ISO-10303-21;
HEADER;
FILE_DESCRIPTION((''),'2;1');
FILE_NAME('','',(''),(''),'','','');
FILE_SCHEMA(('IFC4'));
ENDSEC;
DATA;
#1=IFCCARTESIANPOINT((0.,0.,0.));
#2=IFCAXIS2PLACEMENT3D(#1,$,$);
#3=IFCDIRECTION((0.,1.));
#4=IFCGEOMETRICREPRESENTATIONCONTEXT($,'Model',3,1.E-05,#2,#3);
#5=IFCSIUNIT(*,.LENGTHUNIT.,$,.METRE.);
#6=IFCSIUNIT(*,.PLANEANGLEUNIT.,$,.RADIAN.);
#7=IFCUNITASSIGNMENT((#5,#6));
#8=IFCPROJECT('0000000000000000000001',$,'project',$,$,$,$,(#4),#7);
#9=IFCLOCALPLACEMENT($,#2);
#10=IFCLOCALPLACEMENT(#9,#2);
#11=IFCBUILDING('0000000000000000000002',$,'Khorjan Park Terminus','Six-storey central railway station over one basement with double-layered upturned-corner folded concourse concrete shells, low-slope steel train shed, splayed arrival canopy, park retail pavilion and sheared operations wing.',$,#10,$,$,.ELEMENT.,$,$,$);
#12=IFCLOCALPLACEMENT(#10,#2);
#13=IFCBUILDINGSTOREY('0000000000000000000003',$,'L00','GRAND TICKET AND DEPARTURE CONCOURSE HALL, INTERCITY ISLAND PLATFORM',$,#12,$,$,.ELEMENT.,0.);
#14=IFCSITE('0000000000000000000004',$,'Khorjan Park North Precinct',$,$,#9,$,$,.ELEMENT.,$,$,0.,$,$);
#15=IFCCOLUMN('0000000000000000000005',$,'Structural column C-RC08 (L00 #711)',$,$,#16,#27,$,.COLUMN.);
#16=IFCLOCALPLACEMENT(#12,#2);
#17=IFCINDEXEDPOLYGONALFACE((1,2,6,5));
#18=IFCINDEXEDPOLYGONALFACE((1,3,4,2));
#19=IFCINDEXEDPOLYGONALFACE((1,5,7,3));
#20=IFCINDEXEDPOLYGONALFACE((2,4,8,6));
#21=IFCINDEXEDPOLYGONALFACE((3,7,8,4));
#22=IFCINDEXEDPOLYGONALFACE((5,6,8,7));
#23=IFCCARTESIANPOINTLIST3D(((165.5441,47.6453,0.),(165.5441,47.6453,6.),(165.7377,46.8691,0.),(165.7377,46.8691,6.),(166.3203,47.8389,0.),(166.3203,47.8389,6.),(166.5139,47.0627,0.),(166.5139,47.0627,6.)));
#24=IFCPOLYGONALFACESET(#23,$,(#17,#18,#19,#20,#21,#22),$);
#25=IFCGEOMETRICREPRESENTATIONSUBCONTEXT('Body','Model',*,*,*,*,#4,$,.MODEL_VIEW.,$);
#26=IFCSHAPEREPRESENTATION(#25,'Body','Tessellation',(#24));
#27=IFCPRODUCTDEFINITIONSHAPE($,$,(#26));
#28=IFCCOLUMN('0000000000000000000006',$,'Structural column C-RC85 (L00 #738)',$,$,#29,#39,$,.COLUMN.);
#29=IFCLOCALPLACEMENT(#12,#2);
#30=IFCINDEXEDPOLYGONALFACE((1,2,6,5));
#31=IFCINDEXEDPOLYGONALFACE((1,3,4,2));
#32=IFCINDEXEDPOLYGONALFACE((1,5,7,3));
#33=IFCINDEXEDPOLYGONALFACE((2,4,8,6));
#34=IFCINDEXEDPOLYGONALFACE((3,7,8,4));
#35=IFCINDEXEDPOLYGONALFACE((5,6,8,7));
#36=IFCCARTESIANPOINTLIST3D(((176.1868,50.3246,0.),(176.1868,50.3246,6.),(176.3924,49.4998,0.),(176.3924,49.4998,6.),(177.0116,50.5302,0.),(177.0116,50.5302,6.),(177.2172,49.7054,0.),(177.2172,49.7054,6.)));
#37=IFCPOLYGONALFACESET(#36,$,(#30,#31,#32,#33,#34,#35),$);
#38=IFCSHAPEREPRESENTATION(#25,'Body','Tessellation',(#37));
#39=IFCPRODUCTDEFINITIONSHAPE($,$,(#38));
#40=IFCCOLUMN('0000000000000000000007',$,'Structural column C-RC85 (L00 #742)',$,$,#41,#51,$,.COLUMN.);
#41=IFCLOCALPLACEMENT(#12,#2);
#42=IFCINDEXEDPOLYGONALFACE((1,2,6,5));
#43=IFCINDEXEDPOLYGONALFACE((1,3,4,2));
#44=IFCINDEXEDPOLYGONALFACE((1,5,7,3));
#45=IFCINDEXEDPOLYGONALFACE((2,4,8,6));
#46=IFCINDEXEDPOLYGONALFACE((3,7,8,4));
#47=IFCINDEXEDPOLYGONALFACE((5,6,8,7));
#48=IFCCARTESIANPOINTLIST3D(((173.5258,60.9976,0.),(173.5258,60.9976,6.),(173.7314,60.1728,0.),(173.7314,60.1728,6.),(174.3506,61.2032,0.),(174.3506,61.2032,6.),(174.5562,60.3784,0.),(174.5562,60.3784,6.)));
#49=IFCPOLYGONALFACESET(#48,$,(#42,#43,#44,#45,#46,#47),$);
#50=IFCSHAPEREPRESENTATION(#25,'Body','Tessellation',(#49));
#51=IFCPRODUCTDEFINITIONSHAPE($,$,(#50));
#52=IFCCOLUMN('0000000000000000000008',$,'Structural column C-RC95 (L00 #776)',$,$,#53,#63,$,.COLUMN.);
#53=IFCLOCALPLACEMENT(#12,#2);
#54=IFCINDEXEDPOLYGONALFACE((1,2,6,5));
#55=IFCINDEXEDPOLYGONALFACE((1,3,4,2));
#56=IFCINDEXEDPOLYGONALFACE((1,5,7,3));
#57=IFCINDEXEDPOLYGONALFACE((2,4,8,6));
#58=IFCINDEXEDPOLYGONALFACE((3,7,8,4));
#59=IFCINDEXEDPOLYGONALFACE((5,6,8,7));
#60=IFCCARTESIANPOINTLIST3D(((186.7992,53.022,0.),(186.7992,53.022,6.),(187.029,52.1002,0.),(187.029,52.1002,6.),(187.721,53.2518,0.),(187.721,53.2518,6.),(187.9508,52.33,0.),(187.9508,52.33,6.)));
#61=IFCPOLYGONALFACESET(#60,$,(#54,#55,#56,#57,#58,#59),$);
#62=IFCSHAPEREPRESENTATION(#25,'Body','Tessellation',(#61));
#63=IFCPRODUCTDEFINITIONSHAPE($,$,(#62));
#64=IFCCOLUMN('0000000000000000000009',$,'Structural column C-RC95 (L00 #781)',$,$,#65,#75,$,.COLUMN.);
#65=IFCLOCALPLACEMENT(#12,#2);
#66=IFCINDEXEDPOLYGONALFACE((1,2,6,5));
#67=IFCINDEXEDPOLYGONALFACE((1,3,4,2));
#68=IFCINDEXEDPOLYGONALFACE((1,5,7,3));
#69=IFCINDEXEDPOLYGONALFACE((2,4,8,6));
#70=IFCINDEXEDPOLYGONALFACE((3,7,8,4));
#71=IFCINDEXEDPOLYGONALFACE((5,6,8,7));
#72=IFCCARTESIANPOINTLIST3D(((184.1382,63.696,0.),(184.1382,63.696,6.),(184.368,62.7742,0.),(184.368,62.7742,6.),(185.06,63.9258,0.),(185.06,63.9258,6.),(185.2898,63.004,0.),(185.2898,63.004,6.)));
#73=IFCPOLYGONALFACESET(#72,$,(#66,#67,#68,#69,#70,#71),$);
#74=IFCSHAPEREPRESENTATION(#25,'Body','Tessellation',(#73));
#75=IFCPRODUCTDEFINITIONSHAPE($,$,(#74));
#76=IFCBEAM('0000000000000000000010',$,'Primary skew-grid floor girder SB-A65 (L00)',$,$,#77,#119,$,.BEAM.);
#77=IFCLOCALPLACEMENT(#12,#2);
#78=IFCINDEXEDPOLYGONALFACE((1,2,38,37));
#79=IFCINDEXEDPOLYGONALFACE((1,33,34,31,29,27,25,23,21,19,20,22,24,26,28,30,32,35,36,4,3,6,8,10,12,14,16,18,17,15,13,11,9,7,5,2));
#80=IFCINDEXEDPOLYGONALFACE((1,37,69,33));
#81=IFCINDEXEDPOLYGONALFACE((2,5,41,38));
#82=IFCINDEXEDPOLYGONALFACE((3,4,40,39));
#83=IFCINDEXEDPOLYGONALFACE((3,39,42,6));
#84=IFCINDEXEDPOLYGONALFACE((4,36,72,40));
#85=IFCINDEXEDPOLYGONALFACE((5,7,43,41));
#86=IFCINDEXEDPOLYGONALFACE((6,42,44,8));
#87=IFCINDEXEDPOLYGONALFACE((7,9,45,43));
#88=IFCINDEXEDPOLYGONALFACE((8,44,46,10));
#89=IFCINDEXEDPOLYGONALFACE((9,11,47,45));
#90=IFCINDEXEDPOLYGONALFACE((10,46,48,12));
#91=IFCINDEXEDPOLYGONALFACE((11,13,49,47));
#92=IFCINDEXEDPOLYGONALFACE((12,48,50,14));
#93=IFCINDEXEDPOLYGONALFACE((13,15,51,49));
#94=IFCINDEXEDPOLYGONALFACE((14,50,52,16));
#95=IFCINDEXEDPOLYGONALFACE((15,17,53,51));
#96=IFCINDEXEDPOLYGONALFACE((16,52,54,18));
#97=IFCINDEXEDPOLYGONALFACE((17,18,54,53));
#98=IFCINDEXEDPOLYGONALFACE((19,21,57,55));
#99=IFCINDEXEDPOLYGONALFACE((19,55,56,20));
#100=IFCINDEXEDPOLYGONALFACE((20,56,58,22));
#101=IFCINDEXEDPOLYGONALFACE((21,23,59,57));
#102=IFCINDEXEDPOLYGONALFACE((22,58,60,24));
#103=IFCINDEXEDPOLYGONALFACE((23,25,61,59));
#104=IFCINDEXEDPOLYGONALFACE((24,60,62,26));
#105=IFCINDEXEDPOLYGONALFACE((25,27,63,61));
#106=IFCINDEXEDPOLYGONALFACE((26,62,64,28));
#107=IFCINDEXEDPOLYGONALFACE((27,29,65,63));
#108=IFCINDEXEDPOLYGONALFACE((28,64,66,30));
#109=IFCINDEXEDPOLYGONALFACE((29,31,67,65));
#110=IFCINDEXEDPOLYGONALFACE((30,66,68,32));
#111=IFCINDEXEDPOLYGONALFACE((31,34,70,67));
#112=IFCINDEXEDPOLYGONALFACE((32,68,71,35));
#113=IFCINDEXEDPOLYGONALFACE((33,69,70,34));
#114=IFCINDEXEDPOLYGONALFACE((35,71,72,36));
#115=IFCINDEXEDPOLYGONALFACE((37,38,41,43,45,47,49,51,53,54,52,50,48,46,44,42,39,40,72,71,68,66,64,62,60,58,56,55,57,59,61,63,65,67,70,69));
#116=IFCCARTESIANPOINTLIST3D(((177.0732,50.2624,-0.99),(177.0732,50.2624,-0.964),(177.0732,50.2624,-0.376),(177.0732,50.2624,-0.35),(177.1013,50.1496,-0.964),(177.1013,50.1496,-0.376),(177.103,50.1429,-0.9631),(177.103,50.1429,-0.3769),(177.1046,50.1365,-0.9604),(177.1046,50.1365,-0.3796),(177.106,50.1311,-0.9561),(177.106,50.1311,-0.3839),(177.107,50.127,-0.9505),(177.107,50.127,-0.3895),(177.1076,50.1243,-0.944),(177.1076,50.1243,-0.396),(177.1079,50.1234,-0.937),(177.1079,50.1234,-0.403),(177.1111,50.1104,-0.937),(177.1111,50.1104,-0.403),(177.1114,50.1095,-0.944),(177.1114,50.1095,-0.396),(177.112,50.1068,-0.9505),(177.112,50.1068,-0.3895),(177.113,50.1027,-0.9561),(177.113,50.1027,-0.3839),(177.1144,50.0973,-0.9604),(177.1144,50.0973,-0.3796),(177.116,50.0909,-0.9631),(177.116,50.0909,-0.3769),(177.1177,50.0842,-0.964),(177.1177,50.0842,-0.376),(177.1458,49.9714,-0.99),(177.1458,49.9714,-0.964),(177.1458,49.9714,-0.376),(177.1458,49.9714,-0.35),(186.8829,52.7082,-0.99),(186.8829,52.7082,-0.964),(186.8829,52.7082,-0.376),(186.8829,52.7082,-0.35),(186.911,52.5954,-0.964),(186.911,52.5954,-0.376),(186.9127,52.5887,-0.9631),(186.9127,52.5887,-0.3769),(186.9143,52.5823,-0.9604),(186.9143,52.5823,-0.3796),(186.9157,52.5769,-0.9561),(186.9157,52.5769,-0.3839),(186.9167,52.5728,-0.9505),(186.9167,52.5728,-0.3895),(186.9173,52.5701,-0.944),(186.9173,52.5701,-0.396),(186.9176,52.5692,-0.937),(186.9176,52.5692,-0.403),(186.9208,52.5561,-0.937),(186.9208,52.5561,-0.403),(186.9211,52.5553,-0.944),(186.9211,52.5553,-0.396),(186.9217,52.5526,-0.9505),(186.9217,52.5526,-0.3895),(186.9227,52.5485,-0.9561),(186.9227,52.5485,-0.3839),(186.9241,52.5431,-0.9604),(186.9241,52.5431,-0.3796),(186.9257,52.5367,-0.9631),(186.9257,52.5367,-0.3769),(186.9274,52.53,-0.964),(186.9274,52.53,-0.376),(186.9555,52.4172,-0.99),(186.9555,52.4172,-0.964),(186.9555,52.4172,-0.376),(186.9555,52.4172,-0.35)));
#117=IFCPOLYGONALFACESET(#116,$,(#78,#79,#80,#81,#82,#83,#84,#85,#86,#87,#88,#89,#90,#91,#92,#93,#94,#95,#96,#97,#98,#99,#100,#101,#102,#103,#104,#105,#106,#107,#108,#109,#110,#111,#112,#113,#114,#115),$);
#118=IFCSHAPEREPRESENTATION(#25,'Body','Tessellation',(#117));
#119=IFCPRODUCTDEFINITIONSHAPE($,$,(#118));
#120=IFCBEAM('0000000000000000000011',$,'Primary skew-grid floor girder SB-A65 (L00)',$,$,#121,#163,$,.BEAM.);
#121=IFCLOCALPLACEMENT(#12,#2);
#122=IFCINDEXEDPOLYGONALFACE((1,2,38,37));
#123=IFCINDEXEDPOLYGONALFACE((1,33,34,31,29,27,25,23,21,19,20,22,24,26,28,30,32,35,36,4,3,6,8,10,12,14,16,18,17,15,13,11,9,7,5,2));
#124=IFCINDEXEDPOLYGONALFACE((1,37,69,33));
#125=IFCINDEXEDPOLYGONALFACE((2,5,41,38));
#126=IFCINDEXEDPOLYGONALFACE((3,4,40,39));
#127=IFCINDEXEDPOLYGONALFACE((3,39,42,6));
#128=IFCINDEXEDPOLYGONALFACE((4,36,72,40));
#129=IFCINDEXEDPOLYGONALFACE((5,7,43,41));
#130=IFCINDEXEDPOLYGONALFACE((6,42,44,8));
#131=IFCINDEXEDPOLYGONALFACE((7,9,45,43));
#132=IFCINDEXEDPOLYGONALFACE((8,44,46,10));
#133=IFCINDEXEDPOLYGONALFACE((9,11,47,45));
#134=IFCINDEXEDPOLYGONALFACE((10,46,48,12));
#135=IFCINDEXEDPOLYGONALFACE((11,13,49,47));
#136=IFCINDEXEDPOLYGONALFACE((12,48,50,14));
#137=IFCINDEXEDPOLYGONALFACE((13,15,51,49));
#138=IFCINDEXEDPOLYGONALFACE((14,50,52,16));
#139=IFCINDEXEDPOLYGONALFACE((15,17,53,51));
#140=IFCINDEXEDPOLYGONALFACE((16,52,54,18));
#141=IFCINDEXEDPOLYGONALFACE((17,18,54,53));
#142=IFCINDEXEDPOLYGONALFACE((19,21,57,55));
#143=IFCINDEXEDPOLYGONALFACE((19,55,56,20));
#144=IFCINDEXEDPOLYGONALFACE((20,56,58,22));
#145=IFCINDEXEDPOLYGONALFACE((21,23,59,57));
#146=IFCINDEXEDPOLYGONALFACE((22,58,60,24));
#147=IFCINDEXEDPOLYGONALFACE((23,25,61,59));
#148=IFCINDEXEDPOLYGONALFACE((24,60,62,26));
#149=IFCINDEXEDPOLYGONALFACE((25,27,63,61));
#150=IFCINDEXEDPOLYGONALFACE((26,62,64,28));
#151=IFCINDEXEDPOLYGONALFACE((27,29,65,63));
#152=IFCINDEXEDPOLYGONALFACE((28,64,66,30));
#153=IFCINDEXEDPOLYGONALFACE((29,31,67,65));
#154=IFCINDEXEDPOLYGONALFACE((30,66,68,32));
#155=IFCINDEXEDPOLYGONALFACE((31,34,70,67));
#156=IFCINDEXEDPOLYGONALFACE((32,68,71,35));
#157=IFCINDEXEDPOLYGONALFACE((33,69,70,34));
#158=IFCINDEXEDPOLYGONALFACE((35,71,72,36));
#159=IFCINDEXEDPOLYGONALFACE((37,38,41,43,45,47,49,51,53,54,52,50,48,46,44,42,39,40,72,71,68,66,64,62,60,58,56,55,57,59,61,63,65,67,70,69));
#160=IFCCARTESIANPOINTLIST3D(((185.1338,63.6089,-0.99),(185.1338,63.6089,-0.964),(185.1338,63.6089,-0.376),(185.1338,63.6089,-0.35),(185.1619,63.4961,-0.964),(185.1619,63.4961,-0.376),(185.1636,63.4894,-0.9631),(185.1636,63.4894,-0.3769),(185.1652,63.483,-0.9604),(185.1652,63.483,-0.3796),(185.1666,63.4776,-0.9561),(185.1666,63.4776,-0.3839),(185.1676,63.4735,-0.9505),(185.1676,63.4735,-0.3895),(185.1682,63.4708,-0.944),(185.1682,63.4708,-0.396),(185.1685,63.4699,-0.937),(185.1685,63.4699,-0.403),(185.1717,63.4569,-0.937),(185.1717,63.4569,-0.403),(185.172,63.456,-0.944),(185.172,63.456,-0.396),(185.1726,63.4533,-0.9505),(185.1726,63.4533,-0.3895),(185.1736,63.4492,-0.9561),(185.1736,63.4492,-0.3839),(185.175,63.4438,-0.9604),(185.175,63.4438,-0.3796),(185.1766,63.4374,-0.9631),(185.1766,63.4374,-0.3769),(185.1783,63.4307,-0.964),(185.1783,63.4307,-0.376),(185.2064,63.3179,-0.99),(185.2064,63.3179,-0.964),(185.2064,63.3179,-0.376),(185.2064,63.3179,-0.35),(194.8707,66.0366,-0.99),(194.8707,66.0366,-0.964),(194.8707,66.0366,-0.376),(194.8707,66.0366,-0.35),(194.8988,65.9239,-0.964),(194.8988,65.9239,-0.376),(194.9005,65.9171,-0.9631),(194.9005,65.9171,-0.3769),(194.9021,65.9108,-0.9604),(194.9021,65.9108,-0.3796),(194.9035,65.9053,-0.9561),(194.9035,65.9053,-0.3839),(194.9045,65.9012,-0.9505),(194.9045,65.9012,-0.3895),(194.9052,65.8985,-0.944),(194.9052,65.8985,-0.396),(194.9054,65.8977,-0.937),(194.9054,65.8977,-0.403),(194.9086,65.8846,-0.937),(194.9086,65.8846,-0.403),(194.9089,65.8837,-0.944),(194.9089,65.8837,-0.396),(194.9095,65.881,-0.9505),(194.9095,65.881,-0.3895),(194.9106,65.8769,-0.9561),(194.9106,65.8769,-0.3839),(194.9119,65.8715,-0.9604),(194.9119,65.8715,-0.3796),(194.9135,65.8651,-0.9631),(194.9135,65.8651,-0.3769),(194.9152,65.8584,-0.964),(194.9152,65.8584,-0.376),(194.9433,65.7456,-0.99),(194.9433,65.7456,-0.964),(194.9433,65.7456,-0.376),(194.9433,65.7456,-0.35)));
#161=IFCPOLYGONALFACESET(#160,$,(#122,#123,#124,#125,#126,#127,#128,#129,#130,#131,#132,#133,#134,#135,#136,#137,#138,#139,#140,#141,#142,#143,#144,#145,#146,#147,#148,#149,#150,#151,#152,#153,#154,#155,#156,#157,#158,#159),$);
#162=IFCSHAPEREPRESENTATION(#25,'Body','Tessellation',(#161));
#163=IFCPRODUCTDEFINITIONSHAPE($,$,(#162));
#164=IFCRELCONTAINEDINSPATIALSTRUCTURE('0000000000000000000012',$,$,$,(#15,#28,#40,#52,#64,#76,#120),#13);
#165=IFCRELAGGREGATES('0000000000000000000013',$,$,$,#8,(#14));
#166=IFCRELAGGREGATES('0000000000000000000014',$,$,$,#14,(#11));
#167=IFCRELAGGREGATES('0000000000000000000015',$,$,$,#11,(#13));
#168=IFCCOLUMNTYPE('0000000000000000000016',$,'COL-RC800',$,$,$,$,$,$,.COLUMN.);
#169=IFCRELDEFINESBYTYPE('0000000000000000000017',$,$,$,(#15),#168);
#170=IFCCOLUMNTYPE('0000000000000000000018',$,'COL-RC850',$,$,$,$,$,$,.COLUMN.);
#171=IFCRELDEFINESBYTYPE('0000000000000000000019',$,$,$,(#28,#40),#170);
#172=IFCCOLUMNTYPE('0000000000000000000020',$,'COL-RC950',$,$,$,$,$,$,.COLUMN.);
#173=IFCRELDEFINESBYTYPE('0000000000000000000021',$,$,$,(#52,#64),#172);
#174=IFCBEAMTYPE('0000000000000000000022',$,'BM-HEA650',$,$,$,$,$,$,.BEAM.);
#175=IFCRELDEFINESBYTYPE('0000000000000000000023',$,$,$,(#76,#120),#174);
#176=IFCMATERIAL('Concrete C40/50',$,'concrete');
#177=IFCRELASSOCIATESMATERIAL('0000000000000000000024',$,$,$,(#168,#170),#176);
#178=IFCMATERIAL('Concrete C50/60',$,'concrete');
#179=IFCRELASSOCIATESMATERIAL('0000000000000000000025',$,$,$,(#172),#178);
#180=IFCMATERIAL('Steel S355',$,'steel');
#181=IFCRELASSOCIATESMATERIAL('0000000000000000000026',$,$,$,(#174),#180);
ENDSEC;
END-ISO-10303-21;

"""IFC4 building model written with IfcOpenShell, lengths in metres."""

from ifc_helpers import new_model, si_unit, direction, frame, origin, origin_2d, place, context, subcontext, project, spatial, rectangle, i_section, extrude, material, material_profile, profile_set, type_object, element, save


model = new_model("IFC4")

# Units and contexts
model_context = context("Model", 3, precision=1e-05, world=origin(), true_north=direction((0.0, 1.0)))
body_context = subcontext(model_context, "Body", "Model", "MODEL_VIEW")
ifc_project = project(units=[si_unit("LENGTHUNIT", "METRE"), si_unit("PLANEANGLEUNIT", "RADIAN")], contexts=[model_context])

# Site, building, storey
site_placement = place(None, origin())
site = spatial("IfcSite", under=ifc_project, at=site_placement, Name="Khorjan Park North Precinct", CompositionType="ELEMENT", RefElevation=0.0)
building_placement = place(site_placement, origin())
building = spatial("IfcBuilding", under=site, at=building_placement, Name="Khorjan Park Terminus", Description="Six-storey central railway station over one basement with double-layered upturned-corner folded concourse concrete shells, low-slope steel train shed, splayed arrival canopy, park retail pavilion and sheared operations wing.", CompositionType="ELEMENT")
storey_placement = place(building_placement, origin())
storey = spatial("IfcBuildingStorey", under=building, at=storey_placement, Name="L00", Description="GRAND TICKET AND DEPARTURE CONCOURSE HALL, INTERCITY ISLAND PLATFORM", CompositionType="ELEMENT", Elevation=0.0)

# Columns
ifc_material_1 = material(Name="Concrete C40/50", Category="concrete")
ifc_material_profile_1 = material_profile(ifc_material_1, rectangle(XDim=0.8, YDim=0.8, at=origin_2d()), Name="RC 800x800")
ifc_profile_set_1 = profile_set([ifc_material_profile_1], Name="Concrete C40/50")
column_type_1 = type_object("IfcColumnType", Name="COL-RC800", PredefinedType="COLUMN", material=ifc_profile_set_1)
column_placement = place(storey_placement, frame((166.029, 47.354, 0.0), z_axis=(0.0, 0.0, 1.0), x_axis=(0.970296, 0.241922, 0.0)))
element("IfcColumn", 1, at=column_placement, inside=storey, type_object=column_type_1, Name="Structural column C-RC08 (L00 #711)", PredefinedType="COLUMN", context=body_context, shape_type="SweptSolid", body=[
    extrude(rectangle(XDim=0.8, YDim=0.8, at=origin_2d()), origin(), (0.0, 0.0, 1.0), 6.0),
])
ifc_material_profile_2 = material_profile(ifc_material_1, rectangle(XDim=0.85, YDim=0.85, at=origin_2d()), Name="RC 850x850")
ifc_profile_set_2 = profile_set([ifc_material_profile_2], Name="Concrete C40/50")
column_type_2 = type_object("IfcColumnType", Name="COL-RC850", PredefinedType="COLUMN", material=ifc_profile_set_2)
for number, where, z_axis, x_axis, name in (
    (2, (176.702, 50.015, 0.0), (0.0, 0.0, 1.0), (0.970296, 0.241922, 0.0), "Structural column C-RC85 (L00 #738)"),
    (3, (174.041, 60.688, 0.0), (0.0, 0.0, 1.0), (0.970296, 0.241922, 0.0), "Structural column C-RC85 (L00 #742)"),
):
    element("IfcColumn", number, at=place(storey_placement, frame(where, z_axis=z_axis, x_axis=x_axis)), inside=storey, type_object=column_type_2, Name=name, PredefinedType="COLUMN", context=body_context, shape_type="SweptSolid", body=[
        extrude(rectangle(XDim=0.85, YDim=0.85, at=origin_2d()), origin(), (0.0, 0.0, 1.0), 6.0),
    ])
ifc_material_2 = material(Name="Concrete C50/60", Category="concrete")
ifc_material_profile_3 = material_profile(ifc_material_2, rectangle(XDim=0.95, YDim=0.95, at=origin_2d()), Name="RC 950x950")
ifc_profile_set_3 = profile_set([ifc_material_profile_3], Name="Concrete C50/60")
column_type_3 = type_object("IfcColumnType", Name="COL-RC950", PredefinedType="COLUMN", material=ifc_profile_set_3)
for number, where, z_axis, x_axis, name in (
    (4, (187.375, 52.676, 0.0), (0.0, 0.0, 1.0), (0.970296, 0.241922, 0.0), "Structural column C-RC95 (L00 #776)"),
    (5, (184.714, 63.35, 0.0), (0.0, 0.0, 1.0), (0.970296, 0.241922, 0.0), "Structural column C-RC95 (L00 #781)"),
):
    element("IfcColumn", number, at=place(storey_placement, frame(where, z_axis=z_axis, x_axis=x_axis)), inside=storey, type_object=column_type_3, Name=name, PredefinedType="COLUMN", context=body_context, shape_type="SweptSolid", body=[
        extrude(rectangle(XDim=0.95, YDim=0.95, at=origin_2d()), origin(), (0.0, 0.0, 1.0), 6.0),
    ])

# Beams
ifc_material_3 = material(Name="Steel S355", Category="steel")
ifc_material_profile_4 = material_profile(ifc_material_3, i_section(OverallWidth=0.3, OverallDepth=0.64, WebThickness=0.0135, FlangeThickness=0.026, FilletRadius=0.027, at=origin_2d()), Name="HEA 650")
ifc_profile_set_4 = profile_set([ifc_material_profile_4], Name="Steel S355")
beam_type_1 = type_object("IfcBeamType", Name="BM-HEA650", PredefinedType="BEAM", material=ifc_profile_set_4)
beam_1_placement = place(storey_placement, frame((177.1095, 50.1169, -0.67), z_axis=(0.970296, 0.241919, 0.0), x_axis=(-0.241919, 0.970296, 0.0)))
element("IfcBeam", 6, at=beam_1_placement, inside=storey, type_object=beam_type_1, Name="Primary skew-grid floor girder SB-A65 (L00)", PredefinedType="BEAM", context=body_context, shape_type="SweptSolid", body=[
    extrude(i_section(OverallWidth=0.3, OverallDepth=0.64, WebThickness=0.0135, FlangeThickness=0.026, FilletRadius=0.027, at=origin_2d()), origin(), (0.0, 0.0, 1.0), 10.11),
])
beam_2_placement = place(storey_placement, frame((185.1701, 63.4634, -0.67), z_axis=(0.970295, 0.241924, 0.0), x_axis=(-0.241924, 0.970295, 0.0)))
element("IfcBeam", 7, at=beam_2_placement, inside=storey, type_object=beam_type_1, Name="Primary skew-grid floor girder SB-A65 (L00)", PredefinedType="BEAM", context=body_context, shape_type="SweptSolid", body=[
    extrude(i_section(OverallWidth=0.3, OverallDepth=0.64, WebThickness=0.0135, FlangeThickness=0.026, FilletRadius=0.027, at=origin_2d()), origin(), (0.0, 0.0, 1.0), 10.035),
])

save(model, "model.ifc")
